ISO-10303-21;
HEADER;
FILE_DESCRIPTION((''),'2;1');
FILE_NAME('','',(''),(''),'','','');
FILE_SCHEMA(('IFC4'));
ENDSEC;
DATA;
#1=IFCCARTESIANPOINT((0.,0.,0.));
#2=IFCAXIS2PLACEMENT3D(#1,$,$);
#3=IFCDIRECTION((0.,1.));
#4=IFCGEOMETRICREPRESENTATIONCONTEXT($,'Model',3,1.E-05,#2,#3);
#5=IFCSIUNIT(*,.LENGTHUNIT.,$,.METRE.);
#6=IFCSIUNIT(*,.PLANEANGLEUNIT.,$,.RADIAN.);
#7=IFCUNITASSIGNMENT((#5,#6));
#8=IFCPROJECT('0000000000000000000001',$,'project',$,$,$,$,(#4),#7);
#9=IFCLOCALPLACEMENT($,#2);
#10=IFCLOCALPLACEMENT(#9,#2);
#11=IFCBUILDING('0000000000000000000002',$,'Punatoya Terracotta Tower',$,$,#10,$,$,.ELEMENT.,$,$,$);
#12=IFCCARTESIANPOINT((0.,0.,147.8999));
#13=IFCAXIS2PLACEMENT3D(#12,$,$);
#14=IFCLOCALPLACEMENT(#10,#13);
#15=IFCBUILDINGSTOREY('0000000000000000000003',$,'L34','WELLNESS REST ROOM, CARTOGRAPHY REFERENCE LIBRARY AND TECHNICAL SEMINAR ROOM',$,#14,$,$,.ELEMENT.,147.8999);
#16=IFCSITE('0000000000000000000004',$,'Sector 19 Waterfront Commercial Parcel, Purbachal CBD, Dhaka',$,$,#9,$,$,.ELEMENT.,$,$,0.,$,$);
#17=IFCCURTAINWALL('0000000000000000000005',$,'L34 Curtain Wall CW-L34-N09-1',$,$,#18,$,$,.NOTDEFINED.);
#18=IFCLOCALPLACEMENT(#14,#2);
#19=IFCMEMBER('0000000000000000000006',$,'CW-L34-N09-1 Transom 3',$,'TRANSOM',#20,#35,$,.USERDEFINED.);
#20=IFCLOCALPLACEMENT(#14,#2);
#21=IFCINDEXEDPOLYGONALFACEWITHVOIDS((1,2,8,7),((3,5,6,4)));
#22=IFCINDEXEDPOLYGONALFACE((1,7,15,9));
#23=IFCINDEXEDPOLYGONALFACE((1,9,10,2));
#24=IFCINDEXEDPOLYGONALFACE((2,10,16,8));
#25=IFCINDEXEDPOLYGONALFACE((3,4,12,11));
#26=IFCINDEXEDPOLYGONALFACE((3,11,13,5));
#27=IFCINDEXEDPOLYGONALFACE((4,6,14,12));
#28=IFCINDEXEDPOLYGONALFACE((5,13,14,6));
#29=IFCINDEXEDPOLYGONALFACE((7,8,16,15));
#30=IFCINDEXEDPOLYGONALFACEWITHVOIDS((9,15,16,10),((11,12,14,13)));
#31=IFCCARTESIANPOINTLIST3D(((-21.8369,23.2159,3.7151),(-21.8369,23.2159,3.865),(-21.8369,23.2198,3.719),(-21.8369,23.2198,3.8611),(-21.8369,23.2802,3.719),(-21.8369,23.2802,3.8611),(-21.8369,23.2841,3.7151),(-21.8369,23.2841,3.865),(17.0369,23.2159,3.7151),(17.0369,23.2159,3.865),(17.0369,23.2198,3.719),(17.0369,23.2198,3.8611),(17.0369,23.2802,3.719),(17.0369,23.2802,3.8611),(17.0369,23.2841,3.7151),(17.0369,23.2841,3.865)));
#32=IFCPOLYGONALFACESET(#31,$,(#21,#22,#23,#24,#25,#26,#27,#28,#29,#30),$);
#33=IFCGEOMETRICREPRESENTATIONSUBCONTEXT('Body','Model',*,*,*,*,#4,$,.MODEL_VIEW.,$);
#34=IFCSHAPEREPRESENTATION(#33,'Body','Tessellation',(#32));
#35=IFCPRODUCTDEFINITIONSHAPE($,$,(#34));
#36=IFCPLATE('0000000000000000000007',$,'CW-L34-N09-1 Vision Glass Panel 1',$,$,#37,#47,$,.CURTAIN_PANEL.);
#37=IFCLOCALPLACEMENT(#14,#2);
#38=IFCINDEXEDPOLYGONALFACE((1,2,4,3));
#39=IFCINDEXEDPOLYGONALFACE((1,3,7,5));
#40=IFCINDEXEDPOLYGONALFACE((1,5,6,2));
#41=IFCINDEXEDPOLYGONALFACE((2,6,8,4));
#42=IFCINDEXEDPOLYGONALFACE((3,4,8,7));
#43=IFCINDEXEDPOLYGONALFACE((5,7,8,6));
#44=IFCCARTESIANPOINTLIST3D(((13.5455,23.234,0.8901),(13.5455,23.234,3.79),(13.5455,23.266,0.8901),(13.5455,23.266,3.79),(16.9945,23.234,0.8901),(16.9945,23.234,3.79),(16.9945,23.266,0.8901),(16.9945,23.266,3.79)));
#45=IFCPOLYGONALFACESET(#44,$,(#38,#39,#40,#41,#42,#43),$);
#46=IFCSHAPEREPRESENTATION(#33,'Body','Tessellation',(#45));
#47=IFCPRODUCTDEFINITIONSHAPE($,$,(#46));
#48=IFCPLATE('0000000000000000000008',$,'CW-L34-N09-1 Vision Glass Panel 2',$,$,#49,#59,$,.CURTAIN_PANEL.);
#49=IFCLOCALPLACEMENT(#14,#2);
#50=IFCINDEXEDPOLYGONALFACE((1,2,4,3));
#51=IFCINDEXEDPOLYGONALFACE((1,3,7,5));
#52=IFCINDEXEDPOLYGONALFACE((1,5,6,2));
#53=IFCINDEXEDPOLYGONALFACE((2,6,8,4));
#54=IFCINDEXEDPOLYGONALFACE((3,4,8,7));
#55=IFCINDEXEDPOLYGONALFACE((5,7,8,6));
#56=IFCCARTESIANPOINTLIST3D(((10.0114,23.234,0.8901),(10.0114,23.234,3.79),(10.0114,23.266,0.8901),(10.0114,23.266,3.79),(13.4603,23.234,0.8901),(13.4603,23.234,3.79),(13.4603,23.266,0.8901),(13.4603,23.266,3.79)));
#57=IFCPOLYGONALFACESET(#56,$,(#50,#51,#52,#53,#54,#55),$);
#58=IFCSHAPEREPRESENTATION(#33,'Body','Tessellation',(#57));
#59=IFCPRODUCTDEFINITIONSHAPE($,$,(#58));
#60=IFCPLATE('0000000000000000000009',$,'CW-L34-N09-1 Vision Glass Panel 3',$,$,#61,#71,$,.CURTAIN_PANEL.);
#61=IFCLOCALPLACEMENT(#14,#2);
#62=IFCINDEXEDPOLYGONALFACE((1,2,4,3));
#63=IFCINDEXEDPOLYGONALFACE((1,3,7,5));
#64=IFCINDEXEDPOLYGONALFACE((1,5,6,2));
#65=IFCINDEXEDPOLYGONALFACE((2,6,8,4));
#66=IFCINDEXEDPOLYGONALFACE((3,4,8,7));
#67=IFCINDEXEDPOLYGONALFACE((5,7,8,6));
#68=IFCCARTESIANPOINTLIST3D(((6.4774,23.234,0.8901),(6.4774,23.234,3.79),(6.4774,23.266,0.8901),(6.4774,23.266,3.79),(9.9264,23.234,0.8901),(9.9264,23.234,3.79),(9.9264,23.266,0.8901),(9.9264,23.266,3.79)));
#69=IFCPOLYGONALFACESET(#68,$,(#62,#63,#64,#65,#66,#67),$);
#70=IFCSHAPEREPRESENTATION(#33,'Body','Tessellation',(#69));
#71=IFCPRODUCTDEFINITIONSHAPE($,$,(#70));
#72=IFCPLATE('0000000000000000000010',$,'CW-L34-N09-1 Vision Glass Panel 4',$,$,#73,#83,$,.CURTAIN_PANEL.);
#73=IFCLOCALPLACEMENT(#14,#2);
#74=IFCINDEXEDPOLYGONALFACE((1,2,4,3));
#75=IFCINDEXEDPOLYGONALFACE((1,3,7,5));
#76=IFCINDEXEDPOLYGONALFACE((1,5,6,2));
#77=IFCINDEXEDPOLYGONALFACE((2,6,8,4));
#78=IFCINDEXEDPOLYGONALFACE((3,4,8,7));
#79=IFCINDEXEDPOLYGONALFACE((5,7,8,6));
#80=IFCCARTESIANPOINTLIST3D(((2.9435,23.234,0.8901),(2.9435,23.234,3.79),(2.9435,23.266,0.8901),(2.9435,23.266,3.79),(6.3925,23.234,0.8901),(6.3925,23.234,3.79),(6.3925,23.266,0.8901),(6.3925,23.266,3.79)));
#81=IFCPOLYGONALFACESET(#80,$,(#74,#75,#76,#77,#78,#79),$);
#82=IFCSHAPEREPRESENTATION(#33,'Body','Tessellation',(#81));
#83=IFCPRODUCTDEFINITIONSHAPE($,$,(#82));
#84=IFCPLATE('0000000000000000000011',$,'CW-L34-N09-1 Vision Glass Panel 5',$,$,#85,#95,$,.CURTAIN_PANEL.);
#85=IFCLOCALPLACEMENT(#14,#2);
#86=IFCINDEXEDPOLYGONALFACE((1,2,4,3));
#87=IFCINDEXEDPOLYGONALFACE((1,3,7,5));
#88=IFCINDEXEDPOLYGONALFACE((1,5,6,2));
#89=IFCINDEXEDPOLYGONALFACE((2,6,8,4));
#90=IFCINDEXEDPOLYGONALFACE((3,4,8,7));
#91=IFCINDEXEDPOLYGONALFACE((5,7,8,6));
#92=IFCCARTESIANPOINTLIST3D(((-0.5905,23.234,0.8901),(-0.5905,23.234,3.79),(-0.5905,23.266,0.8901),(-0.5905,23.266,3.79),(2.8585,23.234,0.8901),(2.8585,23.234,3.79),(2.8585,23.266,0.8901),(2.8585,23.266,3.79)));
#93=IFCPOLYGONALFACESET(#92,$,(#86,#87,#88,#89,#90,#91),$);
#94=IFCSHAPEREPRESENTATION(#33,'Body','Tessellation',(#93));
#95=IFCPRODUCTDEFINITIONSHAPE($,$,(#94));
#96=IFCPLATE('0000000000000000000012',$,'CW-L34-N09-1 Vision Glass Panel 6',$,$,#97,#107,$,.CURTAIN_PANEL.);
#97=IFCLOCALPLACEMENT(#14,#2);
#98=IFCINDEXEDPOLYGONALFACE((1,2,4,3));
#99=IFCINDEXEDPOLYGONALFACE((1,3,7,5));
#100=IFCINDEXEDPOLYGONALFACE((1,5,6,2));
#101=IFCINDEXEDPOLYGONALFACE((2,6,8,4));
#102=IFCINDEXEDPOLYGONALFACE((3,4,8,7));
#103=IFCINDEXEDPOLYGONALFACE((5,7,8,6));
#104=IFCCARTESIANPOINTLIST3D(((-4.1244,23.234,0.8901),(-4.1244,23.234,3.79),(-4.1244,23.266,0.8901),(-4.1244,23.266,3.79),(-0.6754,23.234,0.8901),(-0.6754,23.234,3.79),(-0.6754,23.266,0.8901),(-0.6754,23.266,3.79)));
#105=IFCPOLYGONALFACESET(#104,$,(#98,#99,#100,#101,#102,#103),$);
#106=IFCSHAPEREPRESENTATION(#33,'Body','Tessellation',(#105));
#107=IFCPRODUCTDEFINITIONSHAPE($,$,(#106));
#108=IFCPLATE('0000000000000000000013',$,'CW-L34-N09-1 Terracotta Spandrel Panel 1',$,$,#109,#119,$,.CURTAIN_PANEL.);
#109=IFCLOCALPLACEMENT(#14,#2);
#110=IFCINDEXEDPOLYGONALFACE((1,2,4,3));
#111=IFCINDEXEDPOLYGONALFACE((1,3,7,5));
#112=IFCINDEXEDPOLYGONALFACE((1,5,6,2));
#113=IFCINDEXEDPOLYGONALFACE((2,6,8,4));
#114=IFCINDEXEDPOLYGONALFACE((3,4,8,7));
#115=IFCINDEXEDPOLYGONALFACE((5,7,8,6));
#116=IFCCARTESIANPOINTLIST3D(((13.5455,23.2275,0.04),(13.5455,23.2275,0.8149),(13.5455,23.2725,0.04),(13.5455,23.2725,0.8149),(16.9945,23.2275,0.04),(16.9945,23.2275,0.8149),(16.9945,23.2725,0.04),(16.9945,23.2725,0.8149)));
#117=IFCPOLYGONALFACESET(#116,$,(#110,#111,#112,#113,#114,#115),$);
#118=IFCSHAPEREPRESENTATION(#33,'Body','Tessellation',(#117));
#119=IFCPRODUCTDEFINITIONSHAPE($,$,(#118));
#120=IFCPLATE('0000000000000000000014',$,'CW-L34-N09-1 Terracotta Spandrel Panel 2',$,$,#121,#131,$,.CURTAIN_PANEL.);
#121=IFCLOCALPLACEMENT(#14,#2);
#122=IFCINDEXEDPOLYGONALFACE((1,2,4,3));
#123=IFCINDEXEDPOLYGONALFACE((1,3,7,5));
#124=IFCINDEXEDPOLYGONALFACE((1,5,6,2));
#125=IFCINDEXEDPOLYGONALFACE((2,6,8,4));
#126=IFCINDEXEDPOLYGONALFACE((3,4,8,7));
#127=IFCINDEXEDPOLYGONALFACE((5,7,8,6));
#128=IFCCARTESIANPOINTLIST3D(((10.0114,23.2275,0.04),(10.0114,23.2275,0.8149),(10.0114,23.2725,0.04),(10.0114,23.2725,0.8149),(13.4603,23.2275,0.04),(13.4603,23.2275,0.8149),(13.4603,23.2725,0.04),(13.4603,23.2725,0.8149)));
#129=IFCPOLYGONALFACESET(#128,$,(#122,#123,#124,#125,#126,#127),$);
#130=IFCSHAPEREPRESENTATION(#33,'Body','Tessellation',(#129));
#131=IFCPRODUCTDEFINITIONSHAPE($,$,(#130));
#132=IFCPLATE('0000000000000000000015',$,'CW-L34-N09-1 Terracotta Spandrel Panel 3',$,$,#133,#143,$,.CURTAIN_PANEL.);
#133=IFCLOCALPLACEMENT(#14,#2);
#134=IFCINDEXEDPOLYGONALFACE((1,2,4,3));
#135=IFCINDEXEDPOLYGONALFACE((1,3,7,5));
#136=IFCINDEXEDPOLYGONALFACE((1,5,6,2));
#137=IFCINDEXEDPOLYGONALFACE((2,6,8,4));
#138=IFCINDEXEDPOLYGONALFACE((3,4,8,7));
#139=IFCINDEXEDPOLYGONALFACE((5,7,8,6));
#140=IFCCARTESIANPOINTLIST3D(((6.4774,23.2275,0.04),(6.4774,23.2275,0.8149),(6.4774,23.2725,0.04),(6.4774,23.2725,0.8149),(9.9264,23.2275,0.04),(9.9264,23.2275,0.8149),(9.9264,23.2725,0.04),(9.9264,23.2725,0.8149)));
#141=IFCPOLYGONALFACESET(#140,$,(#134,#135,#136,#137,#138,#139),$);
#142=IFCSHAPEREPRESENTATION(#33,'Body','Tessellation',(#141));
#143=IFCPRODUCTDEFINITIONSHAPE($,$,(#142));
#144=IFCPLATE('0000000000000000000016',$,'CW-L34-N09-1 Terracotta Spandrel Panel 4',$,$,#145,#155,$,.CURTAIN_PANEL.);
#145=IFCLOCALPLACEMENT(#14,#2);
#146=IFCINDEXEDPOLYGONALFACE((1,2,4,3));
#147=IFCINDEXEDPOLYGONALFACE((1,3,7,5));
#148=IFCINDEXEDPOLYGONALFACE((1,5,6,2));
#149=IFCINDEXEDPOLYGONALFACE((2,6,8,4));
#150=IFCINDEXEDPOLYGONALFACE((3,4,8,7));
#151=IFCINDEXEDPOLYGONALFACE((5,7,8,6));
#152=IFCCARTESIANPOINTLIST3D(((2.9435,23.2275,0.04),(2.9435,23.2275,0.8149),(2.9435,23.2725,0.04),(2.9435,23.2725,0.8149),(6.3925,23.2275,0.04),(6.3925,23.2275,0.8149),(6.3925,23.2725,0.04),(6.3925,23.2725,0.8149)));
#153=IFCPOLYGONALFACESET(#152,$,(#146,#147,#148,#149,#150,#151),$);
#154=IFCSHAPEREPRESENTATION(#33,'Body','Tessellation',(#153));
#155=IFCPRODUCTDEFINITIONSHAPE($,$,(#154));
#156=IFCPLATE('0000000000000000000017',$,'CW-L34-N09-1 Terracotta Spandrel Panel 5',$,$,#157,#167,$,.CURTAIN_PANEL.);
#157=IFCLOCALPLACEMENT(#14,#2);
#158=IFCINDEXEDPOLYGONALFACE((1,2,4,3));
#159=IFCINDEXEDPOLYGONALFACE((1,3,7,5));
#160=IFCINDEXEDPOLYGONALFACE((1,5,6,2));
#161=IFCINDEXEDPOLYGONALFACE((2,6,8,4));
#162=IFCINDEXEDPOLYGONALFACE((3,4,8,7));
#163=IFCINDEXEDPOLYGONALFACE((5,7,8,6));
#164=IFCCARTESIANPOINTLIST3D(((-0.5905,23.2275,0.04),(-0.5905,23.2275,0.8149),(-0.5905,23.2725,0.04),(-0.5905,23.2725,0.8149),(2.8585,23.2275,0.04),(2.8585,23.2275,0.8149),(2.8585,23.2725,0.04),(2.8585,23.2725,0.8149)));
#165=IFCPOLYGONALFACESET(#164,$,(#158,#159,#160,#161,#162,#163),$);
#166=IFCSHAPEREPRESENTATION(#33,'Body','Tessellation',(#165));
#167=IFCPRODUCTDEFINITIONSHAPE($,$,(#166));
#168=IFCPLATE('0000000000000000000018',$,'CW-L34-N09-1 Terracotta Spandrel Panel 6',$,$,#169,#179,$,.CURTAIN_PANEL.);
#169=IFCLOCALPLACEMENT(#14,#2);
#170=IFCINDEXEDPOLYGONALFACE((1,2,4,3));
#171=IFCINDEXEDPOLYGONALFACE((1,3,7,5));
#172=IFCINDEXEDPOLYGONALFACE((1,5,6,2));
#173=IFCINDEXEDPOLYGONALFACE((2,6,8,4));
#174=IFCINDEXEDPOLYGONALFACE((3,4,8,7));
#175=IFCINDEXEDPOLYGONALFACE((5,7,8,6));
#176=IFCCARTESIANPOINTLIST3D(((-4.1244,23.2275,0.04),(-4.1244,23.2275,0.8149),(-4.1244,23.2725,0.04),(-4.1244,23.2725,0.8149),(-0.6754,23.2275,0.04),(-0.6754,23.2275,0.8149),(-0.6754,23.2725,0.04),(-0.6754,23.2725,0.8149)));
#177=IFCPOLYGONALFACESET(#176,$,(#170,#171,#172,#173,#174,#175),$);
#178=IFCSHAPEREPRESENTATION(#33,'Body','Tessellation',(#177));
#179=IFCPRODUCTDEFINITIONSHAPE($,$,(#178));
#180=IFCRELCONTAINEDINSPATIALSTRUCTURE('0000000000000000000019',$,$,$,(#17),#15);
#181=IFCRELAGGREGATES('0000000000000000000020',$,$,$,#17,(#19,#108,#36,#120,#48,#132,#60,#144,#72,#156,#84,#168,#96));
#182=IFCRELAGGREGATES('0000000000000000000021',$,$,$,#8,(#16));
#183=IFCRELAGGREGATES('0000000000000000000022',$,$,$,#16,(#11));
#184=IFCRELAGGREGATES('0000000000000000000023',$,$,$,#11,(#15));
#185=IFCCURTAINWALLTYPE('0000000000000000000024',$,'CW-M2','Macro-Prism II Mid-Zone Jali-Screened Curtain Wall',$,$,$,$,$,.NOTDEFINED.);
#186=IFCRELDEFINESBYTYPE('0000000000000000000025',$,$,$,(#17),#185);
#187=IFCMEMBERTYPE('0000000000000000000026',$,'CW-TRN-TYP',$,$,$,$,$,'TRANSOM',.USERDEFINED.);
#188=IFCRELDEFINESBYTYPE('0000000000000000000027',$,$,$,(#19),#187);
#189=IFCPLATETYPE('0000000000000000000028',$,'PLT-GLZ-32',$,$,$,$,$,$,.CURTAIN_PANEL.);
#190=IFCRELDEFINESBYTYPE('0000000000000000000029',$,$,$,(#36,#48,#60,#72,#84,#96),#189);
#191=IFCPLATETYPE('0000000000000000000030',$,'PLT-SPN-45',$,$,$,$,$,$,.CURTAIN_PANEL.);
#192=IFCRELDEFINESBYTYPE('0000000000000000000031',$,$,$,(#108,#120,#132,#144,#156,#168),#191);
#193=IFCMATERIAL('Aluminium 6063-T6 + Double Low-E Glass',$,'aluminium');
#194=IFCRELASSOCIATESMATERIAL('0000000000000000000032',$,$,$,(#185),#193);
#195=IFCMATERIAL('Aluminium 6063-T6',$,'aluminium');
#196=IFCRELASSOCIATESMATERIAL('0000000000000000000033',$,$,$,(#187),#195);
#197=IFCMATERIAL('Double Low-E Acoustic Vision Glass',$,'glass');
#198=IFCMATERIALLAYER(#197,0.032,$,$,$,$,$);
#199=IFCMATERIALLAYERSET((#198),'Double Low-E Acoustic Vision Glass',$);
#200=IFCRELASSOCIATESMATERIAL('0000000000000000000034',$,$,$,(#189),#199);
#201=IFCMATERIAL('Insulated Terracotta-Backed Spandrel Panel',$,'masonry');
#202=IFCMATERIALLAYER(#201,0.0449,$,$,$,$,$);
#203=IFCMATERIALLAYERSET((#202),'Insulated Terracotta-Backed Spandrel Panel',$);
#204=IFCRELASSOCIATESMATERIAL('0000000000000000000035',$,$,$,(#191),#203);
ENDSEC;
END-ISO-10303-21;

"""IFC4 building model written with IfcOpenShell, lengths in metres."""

from ifc_helpers import new_model, si_unit, direction, frame, origin, origin_2d, place, context, subcontext, project, spatial, rectangle, hollow_rectangle, extrude, material, layer, layer_set, material_profile, profile_set, type_object, element, aggregate, save


model = new_model("IFC4")

# Units and contexts
model_context = context("Model", 3, precision=1e-05, world=origin(), true_north=direction((0.0, 1.0)))
body_context = subcontext(model_context, "Body", "Model", "MODEL_VIEW")
ifc_project = project(units=[si_unit("LENGTHUNIT", "METRE"), si_unit("PLANEANGLEUNIT", "RADIAN")], contexts=[model_context])

# Site, building, storey
site_placement = place(None, origin())
site = spatial("IfcSite", under=ifc_project, at=site_placement, Name="Sector 19 Waterfront Commercial Parcel, Purbachal CBD, Dhaka", CompositionType="ELEMENT", RefElevation=0.0)
building_placement = place(site_placement, origin())
building = spatial("IfcBuilding", under=site, at=building_placement, Name="Punatoya Terracotta Tower", CompositionType="ELEMENT")
storey_placement = place(building_placement, frame((0.0, 0.0, 147.8999)))
storey = spatial("IfcBuildingStorey", under=building, at=storey_placement, Name="L34", Description="WELLNESS REST ROOM, CARTOGRAPHY REFERENCE LIBRARY AND TECHNICAL SEMINAR ROOM", CompositionType="ELEMENT", Elevation=147.8999)

# Curtain wall, member, plates
ifc_material_1 = material(Name="Aluminium 6063-T6 + Double Low-E Glass", Category="aluminium")
curtain_wall_type = type_object("IfcCurtainWallType", Name="CW-M2", Description="Macro-Prism II Mid-Zone Jali-Screened Curtain Wall", PredefinedType="NOTDEFINED", material=ifc_material_1)
curtain_wall_placement = place(storey_placement, origin())
curtain_wall = element("IfcCurtainWall", 1, at=curtain_wall_placement, inside=storey, type_object=curtain_wall_type, Name="L34 Curtain Wall CW-L34-N09-1", PredefinedType="NOTDEFINED")
ifc_material_2 = material(Name="Aluminium 6063-T6", Category="aluminium")
ifc_material_profile_1 = material_profile(ifc_material_2, hollow_rectangle(XDim=0.0681, YDim=0.1499, WallThickness=0.0039, at=origin_2d()))
ifc_profile_set_1 = profile_set([ifc_material_profile_1], Name="Aluminium 6063-T6")
member_type_1 = type_object("IfcMemberType", Name="CW-TRN-TYP", ElementType="TRANSOM", PredefinedType="USERDEFINED", material=ifc_profile_set_1)
member_1_placement = place(storey_placement, frame((17.0369, 23.25, 3.79), z_axis=(-1.0, 0.0, 0.0), x_axis=(0.0, -1.0, 0.0)))
member_1 = element("IfcMember", 2, at=member_1_placement, type_object=member_type_1, Name="CW-L34-N09-1 Transom 3", ObjectType="TRANSOM", PredefinedType="USERDEFINED", context=body_context, shape_type="SweptSolid", body=[
    extrude(hollow_rectangle(XDim=0.0681, YDim=0.1499, WallThickness=0.0039, at=origin_2d()), origin(), (0.0, 0.0, 1.0), 38.8738),
])
ifc_material_3 = material(Name="Double Low-E Acoustic Vision Glass", Category="glass")
ifc_layer_1 = layer(ifc_material_3, 0.032)
ifc_layer_set_1 = layer_set([ifc_layer_1], Name="Double Low-E Acoustic Vision Glass")
plate_type_1 = type_object("IfcPlateType", Name="PLT-GLZ-32", PredefinedType="CURTAIN_PANEL", material=ifc_layer_set_1)
plate_1_placement = place(storey_placement, frame((15.27, 23.25, 0.8901), z_axis=(0.0, 0.0, 1.0), x_axis=(-1.0, 0.0, 0.0)))
plate_1 = element("IfcPlate", 3, at=plate_1_placement, type_object=plate_type_1, Name="CW-L34-N09-1 Vision Glass Panel 1", PredefinedType="CURTAIN_PANEL", context=body_context, shape_type="SweptSolid", body=[
    extrude(rectangle(XDim=3.449, YDim=0.032, at=origin_2d()), origin(), (0.0, 0.0, 1.0), 2.8999),
])
plate_2_placement = place(storey_placement, frame((11.7358, 23.25, 0.8901), z_axis=(0.0, 0.0, 1.0), x_axis=(-1.0, 0.0, 0.0)))
plate_2 = element("IfcPlate", 4, at=plate_2_placement, type_object=plate_type_1, Name="CW-L34-N09-1 Vision Glass Panel 2", PredefinedType="CURTAIN_PANEL", context=body_context, shape_type="SweptSolid", body=[
    extrude(rectangle(XDim=3.449, YDim=0.032, at=origin_2d()), origin(), (0.0, 0.0, 1.0), 2.8999),
])
plate_3_placement = place(storey_placement, frame((8.2019, 23.25, 0.8901), z_axis=(0.0, 0.0, 1.0), x_axis=(-1.0, 0.0, 0.0)))
plate_3 = element("IfcPlate", 5, at=plate_3_placement, type_object=plate_type_1, Name="CW-L34-N09-1 Vision Glass Panel 3", PredefinedType="CURTAIN_PANEL", context=body_context, shape_type="SweptSolid", body=[
    extrude(rectangle(XDim=3.449, YDim=0.032, at=origin_2d()), origin(), (0.0, 0.0, 1.0), 2.8999),
])
plate_4_placement = place(storey_placement, frame((4.668, 23.25, 0.8901), z_axis=(0.0, 0.0, 1.0), x_axis=(-1.0, 0.0, 0.0)))
plate_4 = element("IfcPlate", 6, at=plate_4_placement, type_object=plate_type_1, Name="CW-L34-N09-1 Vision Glass Panel 4", PredefinedType="CURTAIN_PANEL", context=body_context, shape_type="SweptSolid", body=[
    extrude(rectangle(XDim=3.449, YDim=0.032, at=origin_2d()), origin(), (0.0, 0.0, 1.0), 2.8999),
])
plate_5_placement = place(storey_placement, frame((1.134, 23.25, 0.8901), z_axis=(0.0, 0.0, 1.0), x_axis=(-1.0, 0.0, 0.0)))
plate_5 = element("IfcPlate", 7, at=plate_5_placement, type_object=plate_type_1, Name="CW-L34-N09-1 Vision Glass Panel 5", PredefinedType="CURTAIN_PANEL", context=body_context, shape_type="SweptSolid", body=[
    extrude(rectangle(XDim=3.449, YDim=0.032, at=origin_2d()), origin(), (0.0, 0.0, 1.0), 2.8999),
])
plate_6_placement = place(storey_placement, frame((-2.3999, 23.25, 0.8901), z_axis=(0.0, 0.0, 1.0), x_axis=(-1.0, 0.0, 0.0)))
plate_6 = element("IfcPlate", 8, at=plate_6_placement, type_object=plate_type_1, Name="CW-L34-N09-1 Vision Glass Panel 6", PredefinedType="CURTAIN_PANEL", context=body_context, shape_type="SweptSolid", body=[
    extrude(rectangle(XDim=3.449, YDim=0.032, at=origin_2d()), origin(), (0.0, 0.0, 1.0), 2.8999),
])
ifc_material_4 = material(Name="Insulated Terracotta-Backed Spandrel Panel", Category="masonry")
ifc_layer_2 = layer(ifc_material_4, 0.0449)
ifc_layer_set_2 = layer_set([ifc_layer_2], Name="Insulated Terracotta-Backed Spandrel Panel")
plate_type_2 = type_object("IfcPlateType", Name="PLT-SPN-45", PredefinedType="CURTAIN_PANEL", material=ifc_layer_set_2)
plate_7_placement = place(storey_placement, frame((15.27, 23.25, 0.04), z_axis=(0.0, 0.0, 1.0), x_axis=(-1.0, 0.0, 0.0)))
plate_7 = element("IfcPlate", 9, at=plate_7_placement, type_object=plate_type_2, Name="CW-L34-N09-1 Terracotta Spandrel Panel 1", PredefinedType="CURTAIN_PANEL", context=body_context, shape_type="SweptSolid", body=[
    extrude(rectangle(XDim=3.449, YDim=0.0449, at=origin_2d()), origin(), (0.0, 0.0, 1.0), 0.7749),
])
plate_8_placement = place(storey_placement, frame((11.7358, 23.25, 0.04), z_axis=(0.0, 0.0, 1.0), x_axis=(-1.0, 0.0, 0.0)))
plate_8 = element("IfcPlate", 10, at=plate_8_placement, type_object=plate_type_2, Name="CW-L34-N09-1 Terracotta Spandrel Panel 2", PredefinedType="CURTAIN_PANEL", context=body_context, shape_type="SweptSolid", body=[
    extrude(rectangle(XDim=3.449, YDim=0.0449, at=origin_2d()), origin(), (0.0, 0.0, 1.0), 0.7749),
])
plate_9_placement = place(storey_placement, frame((8.2019, 23.25, 0.04), z_axis=(0.0, 0.0, 1.0), x_axis=(-1.0, 0.0, 0.0)))
plate_9 = element("IfcPlate", 11, at=plate_9_placement, type_object=plate_type_2, Name="CW-L34-N09-1 Terracotta Spandrel Panel 3", PredefinedType="CURTAIN_PANEL", context=body_context, shape_type="SweptSolid", body=[
    extrude(rectangle(XDim=3.449, YDim=0.0449, at=origin_2d()), origin(), (0.0, 0.0, 1.0), 0.7749),
])
plate_10_placement = place(storey_placement, frame((4.668, 23.25, 0.04), z_axis=(0.0, 0.0, 1.0), x_axis=(-1.0, 0.0, 0.0)))
plate_10 = element("IfcPlate", 12, at=plate_10_placement, type_object=plate_type_2, Name="CW-L34-N09-1 Terracotta Spandrel Panel 4", PredefinedType="CURTAIN_PANEL", context=body_context, shape_type="SweptSolid", body=[
    extrude(rectangle(XDim=3.449, YDim=0.0449, at=origin_2d()), origin(), (0.0, 0.0, 1.0), 0.7749),
])
plate_11_placement = place(storey_placement, frame((1.134, 23.25, 0.04), z_axis=(0.0, 0.0, 1.0), x_axis=(-1.0, 0.0, 0.0)))
plate_11 = element("IfcPlate", 13, at=plate_11_placement, type_object=plate_type_2, Name="CW-L34-N09-1 Terracotta Spandrel Panel 5", PredefinedType="CURTAIN_PANEL", context=body_context, shape_type="SweptSolid", body=[
    extrude(rectangle(XDim=3.449, YDim=0.0449, at=origin_2d()), origin(), (0.0, 0.0, 1.0), 0.7749),
])
plate_12_placement = place(storey_placement, frame((-2.3999, 23.25, 0.04), z_axis=(0.0, 0.0, 1.0), x_axis=(-1.0, 0.0, 0.0)))
plate_12 = element("IfcPlate", 14, at=plate_12_placement, type_object=plate_type_2, Name="CW-L34-N09-1 Terracotta Spandrel Panel 6", PredefinedType="CURTAIN_PANEL", context=body_context, shape_type="SweptSolid", body=[
    extrude(rectangle(XDim=3.449, YDim=0.0449, at=origin_2d()), origin(), (0.0, 0.0, 1.0), 0.7749),
])
aggregate(curtain_wall, [member_1, plate_7, plate_1, plate_8, plate_2, plate_9, plate_3, plate_10, plate_4, plate_11, plate_5, plate_12, plate_6])

save(model, "model.ifc")
